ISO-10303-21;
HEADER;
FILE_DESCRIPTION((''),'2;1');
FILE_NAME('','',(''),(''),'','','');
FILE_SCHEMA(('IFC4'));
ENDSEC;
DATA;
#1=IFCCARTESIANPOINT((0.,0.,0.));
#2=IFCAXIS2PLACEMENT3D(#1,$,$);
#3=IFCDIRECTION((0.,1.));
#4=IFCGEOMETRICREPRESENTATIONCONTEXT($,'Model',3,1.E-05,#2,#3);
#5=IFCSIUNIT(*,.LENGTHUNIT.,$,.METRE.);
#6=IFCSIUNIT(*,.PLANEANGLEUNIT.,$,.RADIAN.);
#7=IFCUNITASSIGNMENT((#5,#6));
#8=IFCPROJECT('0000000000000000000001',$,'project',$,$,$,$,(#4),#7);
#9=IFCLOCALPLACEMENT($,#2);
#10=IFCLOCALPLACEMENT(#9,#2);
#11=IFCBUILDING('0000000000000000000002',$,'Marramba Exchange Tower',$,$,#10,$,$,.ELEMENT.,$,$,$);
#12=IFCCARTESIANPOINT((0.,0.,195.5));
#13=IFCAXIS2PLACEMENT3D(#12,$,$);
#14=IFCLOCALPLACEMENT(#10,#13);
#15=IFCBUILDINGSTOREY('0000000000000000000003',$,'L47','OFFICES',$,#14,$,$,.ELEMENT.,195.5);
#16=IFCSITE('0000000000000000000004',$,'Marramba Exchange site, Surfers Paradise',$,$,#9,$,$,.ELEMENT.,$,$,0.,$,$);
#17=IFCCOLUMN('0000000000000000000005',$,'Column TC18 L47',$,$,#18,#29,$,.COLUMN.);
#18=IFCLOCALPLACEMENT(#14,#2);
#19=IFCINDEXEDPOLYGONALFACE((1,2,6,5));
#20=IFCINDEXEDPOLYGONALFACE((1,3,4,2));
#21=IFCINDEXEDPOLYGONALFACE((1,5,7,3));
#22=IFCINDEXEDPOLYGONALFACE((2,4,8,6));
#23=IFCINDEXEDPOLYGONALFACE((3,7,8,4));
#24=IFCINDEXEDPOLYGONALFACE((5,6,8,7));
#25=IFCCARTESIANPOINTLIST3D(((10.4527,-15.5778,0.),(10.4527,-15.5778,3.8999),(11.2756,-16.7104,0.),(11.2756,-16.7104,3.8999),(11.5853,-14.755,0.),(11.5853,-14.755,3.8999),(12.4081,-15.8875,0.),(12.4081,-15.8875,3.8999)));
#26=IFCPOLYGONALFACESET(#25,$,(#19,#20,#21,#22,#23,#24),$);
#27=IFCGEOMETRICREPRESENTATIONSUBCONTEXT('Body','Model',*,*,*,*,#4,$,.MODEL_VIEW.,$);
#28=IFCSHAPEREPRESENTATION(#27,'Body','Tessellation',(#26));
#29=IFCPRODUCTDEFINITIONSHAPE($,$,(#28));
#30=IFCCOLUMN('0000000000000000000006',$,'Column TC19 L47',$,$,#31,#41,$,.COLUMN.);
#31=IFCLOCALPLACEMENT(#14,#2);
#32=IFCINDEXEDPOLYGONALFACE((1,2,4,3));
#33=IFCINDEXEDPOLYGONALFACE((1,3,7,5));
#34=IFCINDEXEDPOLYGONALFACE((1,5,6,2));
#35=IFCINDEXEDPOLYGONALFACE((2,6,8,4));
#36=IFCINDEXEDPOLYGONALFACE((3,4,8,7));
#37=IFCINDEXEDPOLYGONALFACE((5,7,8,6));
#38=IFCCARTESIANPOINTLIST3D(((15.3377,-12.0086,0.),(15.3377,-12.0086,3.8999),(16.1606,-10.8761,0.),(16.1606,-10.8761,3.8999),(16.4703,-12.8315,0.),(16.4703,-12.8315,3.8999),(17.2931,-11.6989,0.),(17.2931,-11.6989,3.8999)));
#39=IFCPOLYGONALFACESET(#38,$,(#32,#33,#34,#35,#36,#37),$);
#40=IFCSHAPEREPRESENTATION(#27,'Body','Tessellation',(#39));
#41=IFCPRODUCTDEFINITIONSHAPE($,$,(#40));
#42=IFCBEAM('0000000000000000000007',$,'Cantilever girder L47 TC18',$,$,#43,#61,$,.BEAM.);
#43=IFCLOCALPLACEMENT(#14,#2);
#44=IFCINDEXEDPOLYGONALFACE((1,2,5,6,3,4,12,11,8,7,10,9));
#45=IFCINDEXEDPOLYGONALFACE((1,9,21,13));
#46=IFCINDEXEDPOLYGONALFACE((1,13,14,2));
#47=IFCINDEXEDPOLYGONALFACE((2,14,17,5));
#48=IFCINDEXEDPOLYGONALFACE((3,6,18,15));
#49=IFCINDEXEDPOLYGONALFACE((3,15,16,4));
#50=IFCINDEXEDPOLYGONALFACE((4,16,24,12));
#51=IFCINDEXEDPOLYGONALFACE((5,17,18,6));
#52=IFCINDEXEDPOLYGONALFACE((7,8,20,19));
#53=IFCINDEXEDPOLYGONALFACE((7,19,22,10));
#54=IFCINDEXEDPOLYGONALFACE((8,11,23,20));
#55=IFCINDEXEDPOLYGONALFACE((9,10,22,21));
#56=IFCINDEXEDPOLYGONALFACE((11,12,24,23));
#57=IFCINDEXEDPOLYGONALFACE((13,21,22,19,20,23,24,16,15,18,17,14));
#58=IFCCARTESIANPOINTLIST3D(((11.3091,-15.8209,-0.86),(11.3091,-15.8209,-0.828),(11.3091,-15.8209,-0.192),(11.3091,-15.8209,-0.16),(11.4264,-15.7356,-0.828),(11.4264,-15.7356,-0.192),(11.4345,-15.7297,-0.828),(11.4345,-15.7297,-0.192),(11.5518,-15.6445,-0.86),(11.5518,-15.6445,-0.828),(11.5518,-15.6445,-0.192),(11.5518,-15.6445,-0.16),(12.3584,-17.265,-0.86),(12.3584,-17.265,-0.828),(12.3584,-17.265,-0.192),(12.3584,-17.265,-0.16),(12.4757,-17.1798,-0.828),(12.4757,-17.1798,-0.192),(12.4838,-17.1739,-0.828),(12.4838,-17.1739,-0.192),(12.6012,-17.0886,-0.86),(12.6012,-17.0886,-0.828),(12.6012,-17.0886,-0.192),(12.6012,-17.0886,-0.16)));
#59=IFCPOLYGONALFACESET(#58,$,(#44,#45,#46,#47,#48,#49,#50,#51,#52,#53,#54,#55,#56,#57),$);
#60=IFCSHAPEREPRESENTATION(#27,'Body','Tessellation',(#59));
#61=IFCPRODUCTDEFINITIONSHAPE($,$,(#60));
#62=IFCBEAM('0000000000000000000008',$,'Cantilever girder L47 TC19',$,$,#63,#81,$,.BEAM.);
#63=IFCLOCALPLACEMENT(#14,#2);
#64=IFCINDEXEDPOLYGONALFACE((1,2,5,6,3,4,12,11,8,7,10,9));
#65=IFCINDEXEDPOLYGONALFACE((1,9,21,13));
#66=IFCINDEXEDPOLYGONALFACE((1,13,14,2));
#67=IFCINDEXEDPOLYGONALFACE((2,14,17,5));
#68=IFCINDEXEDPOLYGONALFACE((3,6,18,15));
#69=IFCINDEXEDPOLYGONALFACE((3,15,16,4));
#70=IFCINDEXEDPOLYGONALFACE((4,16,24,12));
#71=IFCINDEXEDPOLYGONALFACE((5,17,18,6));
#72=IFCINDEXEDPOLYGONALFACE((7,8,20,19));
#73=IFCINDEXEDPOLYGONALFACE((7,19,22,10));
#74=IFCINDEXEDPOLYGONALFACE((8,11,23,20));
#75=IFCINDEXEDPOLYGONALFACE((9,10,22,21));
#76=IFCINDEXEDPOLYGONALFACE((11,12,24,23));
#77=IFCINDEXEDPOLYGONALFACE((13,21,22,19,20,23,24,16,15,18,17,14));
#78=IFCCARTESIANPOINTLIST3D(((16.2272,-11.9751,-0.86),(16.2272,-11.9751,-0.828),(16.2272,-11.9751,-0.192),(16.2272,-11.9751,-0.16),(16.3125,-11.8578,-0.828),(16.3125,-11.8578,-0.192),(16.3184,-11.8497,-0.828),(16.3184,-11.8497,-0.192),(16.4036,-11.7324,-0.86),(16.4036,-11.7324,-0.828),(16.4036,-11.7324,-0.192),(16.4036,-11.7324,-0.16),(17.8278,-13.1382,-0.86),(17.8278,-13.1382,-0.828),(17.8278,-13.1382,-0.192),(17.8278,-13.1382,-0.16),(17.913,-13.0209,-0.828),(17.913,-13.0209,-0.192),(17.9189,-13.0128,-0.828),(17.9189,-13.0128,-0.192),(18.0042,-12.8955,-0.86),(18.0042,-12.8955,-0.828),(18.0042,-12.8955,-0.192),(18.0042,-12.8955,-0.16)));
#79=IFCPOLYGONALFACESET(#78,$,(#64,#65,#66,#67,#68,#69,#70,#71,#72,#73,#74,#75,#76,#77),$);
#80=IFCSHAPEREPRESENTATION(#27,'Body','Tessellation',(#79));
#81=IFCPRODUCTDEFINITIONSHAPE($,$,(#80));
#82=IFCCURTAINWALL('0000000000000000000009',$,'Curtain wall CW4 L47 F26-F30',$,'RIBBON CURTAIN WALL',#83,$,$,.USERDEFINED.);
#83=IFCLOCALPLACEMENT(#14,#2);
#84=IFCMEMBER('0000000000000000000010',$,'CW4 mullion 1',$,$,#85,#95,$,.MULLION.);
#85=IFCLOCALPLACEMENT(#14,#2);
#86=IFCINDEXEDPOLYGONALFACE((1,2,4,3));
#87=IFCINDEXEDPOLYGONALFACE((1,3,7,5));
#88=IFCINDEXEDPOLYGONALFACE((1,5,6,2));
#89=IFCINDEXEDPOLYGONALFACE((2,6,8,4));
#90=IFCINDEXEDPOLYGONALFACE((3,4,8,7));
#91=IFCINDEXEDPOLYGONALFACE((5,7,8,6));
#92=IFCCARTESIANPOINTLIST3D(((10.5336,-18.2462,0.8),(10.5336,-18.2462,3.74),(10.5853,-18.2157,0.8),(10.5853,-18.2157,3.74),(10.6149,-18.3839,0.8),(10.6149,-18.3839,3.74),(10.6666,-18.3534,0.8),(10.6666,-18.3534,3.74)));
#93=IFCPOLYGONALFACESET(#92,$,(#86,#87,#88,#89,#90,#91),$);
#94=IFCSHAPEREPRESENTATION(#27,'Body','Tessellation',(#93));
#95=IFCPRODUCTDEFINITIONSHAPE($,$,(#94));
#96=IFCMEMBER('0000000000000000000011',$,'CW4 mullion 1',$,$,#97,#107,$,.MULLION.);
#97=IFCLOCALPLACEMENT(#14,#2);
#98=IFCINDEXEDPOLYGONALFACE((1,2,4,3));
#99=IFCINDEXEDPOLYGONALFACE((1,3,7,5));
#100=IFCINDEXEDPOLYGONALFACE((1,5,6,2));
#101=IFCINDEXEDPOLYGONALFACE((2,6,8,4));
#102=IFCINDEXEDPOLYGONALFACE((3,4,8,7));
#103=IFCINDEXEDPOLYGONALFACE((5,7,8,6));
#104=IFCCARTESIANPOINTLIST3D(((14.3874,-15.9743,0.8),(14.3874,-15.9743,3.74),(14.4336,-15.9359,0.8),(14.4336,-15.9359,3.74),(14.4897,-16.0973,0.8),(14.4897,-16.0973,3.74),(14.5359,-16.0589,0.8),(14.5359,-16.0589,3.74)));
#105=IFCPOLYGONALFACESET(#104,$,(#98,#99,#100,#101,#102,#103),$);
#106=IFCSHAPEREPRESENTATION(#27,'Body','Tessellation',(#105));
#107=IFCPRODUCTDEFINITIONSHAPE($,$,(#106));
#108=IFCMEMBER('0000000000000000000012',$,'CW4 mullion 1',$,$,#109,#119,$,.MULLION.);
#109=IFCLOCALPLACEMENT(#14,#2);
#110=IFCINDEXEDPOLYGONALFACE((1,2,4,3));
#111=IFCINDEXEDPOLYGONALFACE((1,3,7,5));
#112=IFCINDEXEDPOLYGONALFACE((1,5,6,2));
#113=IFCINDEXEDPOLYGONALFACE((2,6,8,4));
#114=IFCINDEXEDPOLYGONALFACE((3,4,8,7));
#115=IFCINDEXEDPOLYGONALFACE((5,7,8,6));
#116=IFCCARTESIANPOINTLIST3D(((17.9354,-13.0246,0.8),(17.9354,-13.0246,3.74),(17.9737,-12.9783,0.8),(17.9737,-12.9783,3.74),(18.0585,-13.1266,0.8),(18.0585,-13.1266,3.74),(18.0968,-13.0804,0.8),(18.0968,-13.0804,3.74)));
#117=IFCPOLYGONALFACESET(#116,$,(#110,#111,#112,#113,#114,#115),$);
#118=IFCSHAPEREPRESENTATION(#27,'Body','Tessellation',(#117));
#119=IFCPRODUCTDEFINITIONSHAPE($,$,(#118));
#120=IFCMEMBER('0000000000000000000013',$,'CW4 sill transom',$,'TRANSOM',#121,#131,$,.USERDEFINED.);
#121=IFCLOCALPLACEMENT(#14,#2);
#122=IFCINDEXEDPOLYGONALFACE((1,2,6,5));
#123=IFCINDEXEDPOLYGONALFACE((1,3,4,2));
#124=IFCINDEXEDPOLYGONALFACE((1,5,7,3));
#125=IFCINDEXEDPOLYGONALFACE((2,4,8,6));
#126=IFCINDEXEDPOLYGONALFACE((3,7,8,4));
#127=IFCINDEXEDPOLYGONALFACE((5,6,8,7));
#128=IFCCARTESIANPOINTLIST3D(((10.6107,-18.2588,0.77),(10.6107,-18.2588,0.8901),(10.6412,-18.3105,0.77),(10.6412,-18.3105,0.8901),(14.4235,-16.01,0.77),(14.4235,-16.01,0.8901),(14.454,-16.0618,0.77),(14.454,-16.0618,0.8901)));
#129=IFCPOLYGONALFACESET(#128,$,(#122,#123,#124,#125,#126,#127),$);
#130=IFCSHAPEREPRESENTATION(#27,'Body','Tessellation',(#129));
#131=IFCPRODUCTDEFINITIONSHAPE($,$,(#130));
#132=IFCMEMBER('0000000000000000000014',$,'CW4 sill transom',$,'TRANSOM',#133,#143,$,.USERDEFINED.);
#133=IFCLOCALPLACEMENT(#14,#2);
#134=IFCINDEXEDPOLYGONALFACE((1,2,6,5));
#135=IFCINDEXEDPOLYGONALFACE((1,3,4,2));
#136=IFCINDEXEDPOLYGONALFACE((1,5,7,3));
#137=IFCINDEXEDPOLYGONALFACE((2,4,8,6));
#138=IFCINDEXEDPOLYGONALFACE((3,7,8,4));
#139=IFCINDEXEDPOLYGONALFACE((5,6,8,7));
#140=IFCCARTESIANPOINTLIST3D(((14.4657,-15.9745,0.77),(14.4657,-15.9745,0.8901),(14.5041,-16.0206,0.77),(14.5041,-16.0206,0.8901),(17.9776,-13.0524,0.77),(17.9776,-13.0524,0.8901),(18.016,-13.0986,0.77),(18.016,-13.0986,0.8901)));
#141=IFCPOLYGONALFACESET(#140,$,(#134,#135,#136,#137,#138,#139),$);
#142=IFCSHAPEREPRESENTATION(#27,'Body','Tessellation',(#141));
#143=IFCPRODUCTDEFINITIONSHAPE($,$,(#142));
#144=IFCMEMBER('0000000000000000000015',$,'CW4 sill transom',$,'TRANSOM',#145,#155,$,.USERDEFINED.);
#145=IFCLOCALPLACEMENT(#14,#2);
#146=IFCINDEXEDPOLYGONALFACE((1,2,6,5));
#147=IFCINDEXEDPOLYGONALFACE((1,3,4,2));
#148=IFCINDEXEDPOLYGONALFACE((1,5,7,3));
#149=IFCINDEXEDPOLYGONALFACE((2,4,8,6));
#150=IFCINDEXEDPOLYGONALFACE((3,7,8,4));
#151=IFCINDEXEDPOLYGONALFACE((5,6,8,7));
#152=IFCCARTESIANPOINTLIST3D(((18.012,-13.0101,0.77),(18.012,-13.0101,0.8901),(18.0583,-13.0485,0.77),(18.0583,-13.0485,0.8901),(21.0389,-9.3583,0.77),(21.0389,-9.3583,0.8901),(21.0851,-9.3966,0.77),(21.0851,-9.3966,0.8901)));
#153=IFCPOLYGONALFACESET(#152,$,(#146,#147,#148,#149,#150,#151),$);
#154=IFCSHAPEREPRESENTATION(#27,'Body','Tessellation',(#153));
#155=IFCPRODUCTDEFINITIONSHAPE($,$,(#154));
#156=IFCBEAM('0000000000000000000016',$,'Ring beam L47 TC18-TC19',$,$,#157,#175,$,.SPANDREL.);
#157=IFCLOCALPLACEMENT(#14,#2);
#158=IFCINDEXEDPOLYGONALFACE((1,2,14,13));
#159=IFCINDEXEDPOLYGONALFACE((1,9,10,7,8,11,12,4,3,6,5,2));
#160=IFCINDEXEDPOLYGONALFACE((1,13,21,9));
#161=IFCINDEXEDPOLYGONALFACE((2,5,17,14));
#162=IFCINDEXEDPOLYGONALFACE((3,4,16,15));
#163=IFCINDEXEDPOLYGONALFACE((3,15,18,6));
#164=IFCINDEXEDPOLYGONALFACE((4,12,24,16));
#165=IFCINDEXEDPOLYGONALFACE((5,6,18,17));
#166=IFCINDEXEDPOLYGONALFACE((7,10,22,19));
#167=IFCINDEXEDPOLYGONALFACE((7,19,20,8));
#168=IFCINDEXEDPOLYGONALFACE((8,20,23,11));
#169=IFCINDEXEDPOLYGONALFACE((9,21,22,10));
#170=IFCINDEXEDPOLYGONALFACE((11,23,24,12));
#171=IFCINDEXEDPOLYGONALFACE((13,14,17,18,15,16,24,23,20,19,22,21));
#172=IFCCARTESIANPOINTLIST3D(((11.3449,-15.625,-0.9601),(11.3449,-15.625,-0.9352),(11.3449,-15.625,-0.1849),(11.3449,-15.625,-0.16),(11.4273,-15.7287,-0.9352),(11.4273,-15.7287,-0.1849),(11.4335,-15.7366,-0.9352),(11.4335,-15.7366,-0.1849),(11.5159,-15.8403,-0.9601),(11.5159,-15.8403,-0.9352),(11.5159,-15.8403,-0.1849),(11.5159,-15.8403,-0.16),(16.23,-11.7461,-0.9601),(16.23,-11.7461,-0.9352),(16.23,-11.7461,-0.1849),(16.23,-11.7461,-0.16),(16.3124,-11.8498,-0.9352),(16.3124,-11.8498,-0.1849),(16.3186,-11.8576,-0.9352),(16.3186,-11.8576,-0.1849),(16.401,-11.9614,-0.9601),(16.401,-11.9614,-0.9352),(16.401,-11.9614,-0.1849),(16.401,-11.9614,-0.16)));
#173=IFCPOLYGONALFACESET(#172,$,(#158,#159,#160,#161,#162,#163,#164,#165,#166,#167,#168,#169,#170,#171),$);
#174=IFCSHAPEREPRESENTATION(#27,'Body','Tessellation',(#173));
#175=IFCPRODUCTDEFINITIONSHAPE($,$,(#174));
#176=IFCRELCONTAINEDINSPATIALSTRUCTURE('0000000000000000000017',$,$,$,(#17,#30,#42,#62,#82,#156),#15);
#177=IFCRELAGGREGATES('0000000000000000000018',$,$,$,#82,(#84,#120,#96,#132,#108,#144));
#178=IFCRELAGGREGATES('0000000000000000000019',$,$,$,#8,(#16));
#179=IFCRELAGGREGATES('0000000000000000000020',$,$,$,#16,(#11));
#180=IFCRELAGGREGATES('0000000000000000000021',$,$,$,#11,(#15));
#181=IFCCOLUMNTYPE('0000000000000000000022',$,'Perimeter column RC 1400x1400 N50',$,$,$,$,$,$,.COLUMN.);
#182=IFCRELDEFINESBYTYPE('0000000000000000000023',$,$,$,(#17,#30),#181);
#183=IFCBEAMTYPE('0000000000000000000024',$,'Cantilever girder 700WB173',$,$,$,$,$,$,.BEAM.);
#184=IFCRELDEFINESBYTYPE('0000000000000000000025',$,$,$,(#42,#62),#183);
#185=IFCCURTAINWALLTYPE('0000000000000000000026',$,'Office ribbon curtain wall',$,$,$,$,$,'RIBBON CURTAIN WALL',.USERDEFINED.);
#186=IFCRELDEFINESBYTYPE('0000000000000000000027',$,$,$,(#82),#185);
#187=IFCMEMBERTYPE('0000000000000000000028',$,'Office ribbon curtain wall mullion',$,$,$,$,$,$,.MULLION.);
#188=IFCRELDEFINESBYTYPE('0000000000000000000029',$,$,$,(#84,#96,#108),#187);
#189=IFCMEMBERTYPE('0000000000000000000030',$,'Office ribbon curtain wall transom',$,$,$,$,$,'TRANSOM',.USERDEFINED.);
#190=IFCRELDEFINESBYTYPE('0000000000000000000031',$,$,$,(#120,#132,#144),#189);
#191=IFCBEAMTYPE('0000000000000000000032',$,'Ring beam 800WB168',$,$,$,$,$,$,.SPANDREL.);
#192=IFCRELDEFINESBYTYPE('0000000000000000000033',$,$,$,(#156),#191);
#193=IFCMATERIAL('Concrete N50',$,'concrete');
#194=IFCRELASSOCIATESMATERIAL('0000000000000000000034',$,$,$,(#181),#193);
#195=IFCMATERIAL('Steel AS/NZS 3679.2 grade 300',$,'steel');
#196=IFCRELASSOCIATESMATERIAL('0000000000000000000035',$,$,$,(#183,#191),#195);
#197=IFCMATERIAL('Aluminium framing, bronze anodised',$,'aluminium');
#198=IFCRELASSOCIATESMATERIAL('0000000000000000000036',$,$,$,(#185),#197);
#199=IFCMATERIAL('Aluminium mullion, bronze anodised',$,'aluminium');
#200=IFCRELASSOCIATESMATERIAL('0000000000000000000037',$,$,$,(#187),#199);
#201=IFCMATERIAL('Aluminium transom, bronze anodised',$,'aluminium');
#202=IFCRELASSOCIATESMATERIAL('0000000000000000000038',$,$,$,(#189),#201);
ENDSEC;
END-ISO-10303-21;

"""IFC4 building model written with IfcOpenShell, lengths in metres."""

from ifc_helpers import new_model, si_unit, direction, frame, origin, origin_2d, place, context, subcontext, project, spatial, rectangle, i_section, extrude, material, material_profile, profile_set, type_object, element, aggregate, save


model = new_model("IFC4")

# Units and contexts
model_context = context("Model", 3, precision=1e-05, world=origin(), true_north=direction((0.0, 1.0)))
body_context = subcontext(model_context, "Body", "Model", "MODEL_VIEW")
ifc_project = project(units=[si_unit("LENGTHUNIT", "METRE"), si_unit("PLANEANGLEUNIT", "RADIAN")], contexts=[model_context])

# Site, building, storey
site_placement = place(None, origin())
site = spatial("IfcSite", under=ifc_project, at=site_placement, Name="Marramba Exchange site, Surfers Paradise", CompositionType="ELEMENT", RefElevation=0.0)
building_placement = place(site_placement, origin())
building = spatial("IfcBuilding", under=site, at=building_placement, Name="Marramba Exchange Tower", CompositionType="ELEMENT")
storey_placement = place(building_placement, frame((0.0, 0.0, 195.5)))
storey = spatial("IfcBuildingStorey", under=building, at=storey_placement, Name="L47", Description="OFFICES", CompositionType="ELEMENT", Elevation=195.5)

# Columns
ifc_material_1 = material(Name="Concrete N50", Category="concrete")
ifc_material_profile_1 = material_profile(ifc_material_1, rectangle(XDim=1.3999, YDim=1.3999, at=origin_2d()), Name="RC 1400x1400")
ifc_profile_set_1 = profile_set([ifc_material_profile_1], Name="Concrete N50")
column_type = type_object("IfcColumnType", Name="Perimeter column RC 1400x1400 N50", PredefinedType="COLUMN", material=ifc_profile_set_1)
for number, where, z_axis, x_axis, name in (
    (1, (11.4304, -15.7327, 0.0), (0.0, 0.0, 1.0), (0.587785, -0.809017, 0.0), "Column TC18 L47"),
    (2, (16.3154, -11.8538, 0.0), (0.0, 0.0, 1.0), (0.809017, -0.587785, 0.0), "Column TC19 L47"),
):
    element("IfcColumn", number, at=place(storey_placement, frame(where, z_axis=z_axis, x_axis=x_axis)), inside=storey, type_object=column_type, Name=name, PredefinedType="COLUMN", context=body_context, shape_type="SweptSolid", body=[
        extrude(rectangle(XDim=1.3999, YDim=1.3999, at=origin_2d()), origin(), (0.0, 0.0, 1.0), 3.8999),
    ])

# Beams
ifc_material_2 = material(Name="Steel AS/NZS 3679.2 grade 300", Category="steel")
ifc_material_profile_2 = material_profile(ifc_material_2, i_section(OverallWidth=0.3, OverallDepth=0.7, WebThickness=0.01, FlangeThickness=0.032, at=origin_2d()), Name="700WB173")
ifc_profile_set_2 = profile_set([ifc_material_profile_2], Name="Steel AS/NZS 3679.2 grade 300")
beam_type_1 = type_object("IfcBeamType", Name="Cantilever girder 700WB173", PredefinedType="BEAM", material=ifc_profile_set_2)
beam_1_placement = place(storey_placement, frame((11.4304, -15.7327, -0.51), z_axis=(0.58783, -0.808984, 0.0), x_axis=(0.808984, 0.58783, 0.0)))
element("IfcBeam", 3, at=beam_1_placement, inside=storey, type_object=beam_type_1, Name="Cantilever girder L47 TC18", PredefinedType="BEAM", context=body_context, shape_type="SweptSolid", body=[
    extrude(i_section(OverallWidth=0.3, OverallDepth=0.7, WebThickness=0.01, FlangeThickness=0.032, at=origin_2d()), origin(), (0.0, 0.0, 1.0), 1.7852),
])
beam_2_placement = place(storey_placement, frame((16.3154, -11.8538, -0.51), z_axis=(0.808971, -0.587849, 0.0), x_axis=(0.587849, 0.808971, 0.0)))
element("IfcBeam", 4, at=beam_2_placement, inside=storey, type_object=beam_type_1, Name="Cantilever girder L47 TC19", PredefinedType="BEAM", context=body_context, shape_type="SweptSolid", body=[
    extrude(i_section(OverallWidth=0.3, OverallDepth=0.7, WebThickness=0.01, FlangeThickness=0.032, at=origin_2d()), origin(), (0.0, 0.0, 1.0), 1.9785),
])

# Curtain wall, members
ifc_material_3 = material(Name="Aluminium framing, bronze anodised", Category="aluminium")
curtain_wall_type = type_object("IfcCurtainWallType", Name="Office ribbon curtain wall", ElementType="RIBBON CURTAIN WALL", PredefinedType="USERDEFINED", material=ifc_material_3)
curtain_wall_placement = place(storey_placement, origin())
curtain_wall = element("IfcCurtainWall", 5, at=curtain_wall_placement, inside=storey, type_object=curtain_wall_type, Name="Curtain wall CW4 L47 F26-F30", ObjectType="RIBBON CURTAIN WALL", PredefinedType="USERDEFINED")
ifc_material_4 = material(Name="Aluminium mullion, bronze anodised", Category="aluminium")
ifc_material_profile_3 = material_profile(ifc_material_4, rectangle(XDim=0.1599, YDim=0.0601, at=origin_2d()), Name="CW4 mullion 60x160")
ifc_profile_set_3 = profile_set([ifc_material_profile_3], Name="Aluminium mullion, bronze anodised")
member_type_1 = type_object("IfcMemberType", Name="Office ribbon curtain wall mullion", PredefinedType="MULLION", material=ifc_profile_set_3)
member_1_placement = place(storey_placement, frame((10.6001, -18.2998, 0.8), z_axis=(0.0, 0.0, 1.0), x_axis=(-0.508011, 0.861351, 0.0)))
member_1 = element("IfcMember", 6, at=member_1_placement, type_object=member_type_1, Name="CW4 mullion 1", PredefinedType="MULLION", context=body_context, shape_type="SweptSolid", body=[
    extrude(rectangle(XDim=0.1599, YDim=0.0601, at=origin_2d()), origin(), (0.0, 0.0, 1.0), 2.9399),
])
member_2_placement = place(storey_placement, frame((14.4617, -16.0166, 0.8), z_axis=(0.0, 0.0, 1.0), x_axis=(-0.639565, 0.768737, 0.0)))
member_2 = element("IfcMember", 7, at=member_2_placement, type_object=member_type_1, Name="CW4 mullion 1", PredefinedType="MULLION", context=body_context, shape_type="SweptSolid", body=[
    extrude(rectangle(XDim=0.1599, YDim=0.0601, at=origin_2d()), origin(), (0.0, 0.0, 1.0), 2.9399),
])
member_3_placement = place(storey_placement, frame((18.0161, -13.0525, 0.8), z_axis=(0.0, 0.0, 1.0), x_axis=(-0.769912, 0.63815, 0.0)))
member_3 = element("IfcMember", 8, at=member_3_placement, type_object=member_type_1, Name="CW4 mullion 1", PredefinedType="MULLION", context=body_context, shape_type="SweptSolid", body=[
    extrude(rectangle(XDim=0.1599, YDim=0.0601, at=origin_2d()), origin(), (0.0, 0.0, 1.0), 2.9399),
])
ifc_material_5 = material(Name="Aluminium transom, bronze anodised", Category="aluminium")
ifc_material_profile_4 = material_profile(ifc_material_5, rectangle(XDim=0.0601, YDim=0.1201, at=origin_2d()), Name="CW4 transom 60x120")
ifc_profile_set_4 = profile_set([ifc_material_profile_4], Name="Aluminium transom, bronze anodised")
member_type_2 = type_object("IfcMemberType", Name="Office ribbon curtain wall transom", ElementType="TRANSOM", PredefinedType="USERDEFINED", material=ifc_profile_set_4)
member_4_placement = place(storey_placement, frame((10.626, -18.2847, 0.8301), z_axis=(0.861342, 0.508025, 0.0), x_axis=(-0.508025, 0.861342, 0.0)))
member_4 = element("IfcMember", 9, at=member_4_placement, type_object=member_type_2, Name="CW4 sill transom", ObjectType="TRANSOM", PredefinedType="USERDEFINED", context=body_context, shape_type="SweptSolid", body=[
    extrude(rectangle(XDim=0.0601, YDim=0.1201, at=origin_2d()), origin(), (0.0, 0.0, 1.0), 4.4265),
])
member_5_placement = place(storey_placement, frame((14.4849, -15.9976, 0.8301), z_axis=(0.768707, 0.639601, 0.0), x_axis=(-0.639601, 0.768707, 0.0)))
member_5 = element("IfcMember", 10, at=member_5_placement, type_object=member_type_2, Name="CW4 sill transom", ObjectType="TRANSOM", PredefinedType="USERDEFINED", context=body_context, shape_type="SweptSolid", body=[
    extrude(rectangle(XDim=0.0601, YDim=0.1201, at=origin_2d()), origin(), (0.0, 0.0, 1.0), 4.5686),
])
member_6_placement = place(storey_placement, frame((18.0352, -13.0293, 0.8301), z_axis=(0.638147, 0.769915, 0.0), x_axis=(-0.769915, 0.638147, 0.0)))
member_6 = element("IfcMember", 11, at=member_6_placement, type_object=member_type_2, Name="CW4 sill transom", ObjectType="TRANSOM", PredefinedType="USERDEFINED", context=body_context, shape_type="SweptSolid", body=[
    extrude(rectangle(XDim=0.0601, YDim=0.1201, at=origin_2d()), origin(), (0.0, 0.0, 1.0), 4.7432),
])

# Beam
ifc_material_profile_5 = material_profile(ifc_material_2, i_section(OverallWidth=0.2749, OverallDepth=0.8, WebThickness=0.01, FlangeThickness=0.0249, at=origin_2d()), Name="800WB168")
ifc_profile_set_5 = profile_set([ifc_material_profile_5], Name="Steel AS/NZS 3679.2 grade 300")
beam_type_2 = type_object("IfcBeamType", Name="Ring beam 800WB168", PredefinedType="SPANDREL", material=ifc_profile_set_5)
beam_3_placement = place(storey_placement, frame((11.4304, -15.7327, -0.5601), z_axis=(0.783139, 0.621846, 0.0), x_axis=(-0.621846, 0.783139, 0.0)))
element("IfcBeam", 12, at=beam_3_placement, inside=storey, type_object=beam_type_2, Name="Ring beam L47 TC18-TC19", PredefinedType="SPANDREL", context=body_context, shape_type="SweptSolid", body=[
    extrude(i_section(OverallWidth=0.2749, OverallDepth=0.8, WebThickness=0.01, FlangeThickness=0.0249, at=origin_2d()), origin(), (0.0, 0.0, 1.0), 6.2378),
])

aggregate(curtain_wall, [member_1, member_4, member_2, member_5, member_3, member_6])

save(model, "model.ifc")
